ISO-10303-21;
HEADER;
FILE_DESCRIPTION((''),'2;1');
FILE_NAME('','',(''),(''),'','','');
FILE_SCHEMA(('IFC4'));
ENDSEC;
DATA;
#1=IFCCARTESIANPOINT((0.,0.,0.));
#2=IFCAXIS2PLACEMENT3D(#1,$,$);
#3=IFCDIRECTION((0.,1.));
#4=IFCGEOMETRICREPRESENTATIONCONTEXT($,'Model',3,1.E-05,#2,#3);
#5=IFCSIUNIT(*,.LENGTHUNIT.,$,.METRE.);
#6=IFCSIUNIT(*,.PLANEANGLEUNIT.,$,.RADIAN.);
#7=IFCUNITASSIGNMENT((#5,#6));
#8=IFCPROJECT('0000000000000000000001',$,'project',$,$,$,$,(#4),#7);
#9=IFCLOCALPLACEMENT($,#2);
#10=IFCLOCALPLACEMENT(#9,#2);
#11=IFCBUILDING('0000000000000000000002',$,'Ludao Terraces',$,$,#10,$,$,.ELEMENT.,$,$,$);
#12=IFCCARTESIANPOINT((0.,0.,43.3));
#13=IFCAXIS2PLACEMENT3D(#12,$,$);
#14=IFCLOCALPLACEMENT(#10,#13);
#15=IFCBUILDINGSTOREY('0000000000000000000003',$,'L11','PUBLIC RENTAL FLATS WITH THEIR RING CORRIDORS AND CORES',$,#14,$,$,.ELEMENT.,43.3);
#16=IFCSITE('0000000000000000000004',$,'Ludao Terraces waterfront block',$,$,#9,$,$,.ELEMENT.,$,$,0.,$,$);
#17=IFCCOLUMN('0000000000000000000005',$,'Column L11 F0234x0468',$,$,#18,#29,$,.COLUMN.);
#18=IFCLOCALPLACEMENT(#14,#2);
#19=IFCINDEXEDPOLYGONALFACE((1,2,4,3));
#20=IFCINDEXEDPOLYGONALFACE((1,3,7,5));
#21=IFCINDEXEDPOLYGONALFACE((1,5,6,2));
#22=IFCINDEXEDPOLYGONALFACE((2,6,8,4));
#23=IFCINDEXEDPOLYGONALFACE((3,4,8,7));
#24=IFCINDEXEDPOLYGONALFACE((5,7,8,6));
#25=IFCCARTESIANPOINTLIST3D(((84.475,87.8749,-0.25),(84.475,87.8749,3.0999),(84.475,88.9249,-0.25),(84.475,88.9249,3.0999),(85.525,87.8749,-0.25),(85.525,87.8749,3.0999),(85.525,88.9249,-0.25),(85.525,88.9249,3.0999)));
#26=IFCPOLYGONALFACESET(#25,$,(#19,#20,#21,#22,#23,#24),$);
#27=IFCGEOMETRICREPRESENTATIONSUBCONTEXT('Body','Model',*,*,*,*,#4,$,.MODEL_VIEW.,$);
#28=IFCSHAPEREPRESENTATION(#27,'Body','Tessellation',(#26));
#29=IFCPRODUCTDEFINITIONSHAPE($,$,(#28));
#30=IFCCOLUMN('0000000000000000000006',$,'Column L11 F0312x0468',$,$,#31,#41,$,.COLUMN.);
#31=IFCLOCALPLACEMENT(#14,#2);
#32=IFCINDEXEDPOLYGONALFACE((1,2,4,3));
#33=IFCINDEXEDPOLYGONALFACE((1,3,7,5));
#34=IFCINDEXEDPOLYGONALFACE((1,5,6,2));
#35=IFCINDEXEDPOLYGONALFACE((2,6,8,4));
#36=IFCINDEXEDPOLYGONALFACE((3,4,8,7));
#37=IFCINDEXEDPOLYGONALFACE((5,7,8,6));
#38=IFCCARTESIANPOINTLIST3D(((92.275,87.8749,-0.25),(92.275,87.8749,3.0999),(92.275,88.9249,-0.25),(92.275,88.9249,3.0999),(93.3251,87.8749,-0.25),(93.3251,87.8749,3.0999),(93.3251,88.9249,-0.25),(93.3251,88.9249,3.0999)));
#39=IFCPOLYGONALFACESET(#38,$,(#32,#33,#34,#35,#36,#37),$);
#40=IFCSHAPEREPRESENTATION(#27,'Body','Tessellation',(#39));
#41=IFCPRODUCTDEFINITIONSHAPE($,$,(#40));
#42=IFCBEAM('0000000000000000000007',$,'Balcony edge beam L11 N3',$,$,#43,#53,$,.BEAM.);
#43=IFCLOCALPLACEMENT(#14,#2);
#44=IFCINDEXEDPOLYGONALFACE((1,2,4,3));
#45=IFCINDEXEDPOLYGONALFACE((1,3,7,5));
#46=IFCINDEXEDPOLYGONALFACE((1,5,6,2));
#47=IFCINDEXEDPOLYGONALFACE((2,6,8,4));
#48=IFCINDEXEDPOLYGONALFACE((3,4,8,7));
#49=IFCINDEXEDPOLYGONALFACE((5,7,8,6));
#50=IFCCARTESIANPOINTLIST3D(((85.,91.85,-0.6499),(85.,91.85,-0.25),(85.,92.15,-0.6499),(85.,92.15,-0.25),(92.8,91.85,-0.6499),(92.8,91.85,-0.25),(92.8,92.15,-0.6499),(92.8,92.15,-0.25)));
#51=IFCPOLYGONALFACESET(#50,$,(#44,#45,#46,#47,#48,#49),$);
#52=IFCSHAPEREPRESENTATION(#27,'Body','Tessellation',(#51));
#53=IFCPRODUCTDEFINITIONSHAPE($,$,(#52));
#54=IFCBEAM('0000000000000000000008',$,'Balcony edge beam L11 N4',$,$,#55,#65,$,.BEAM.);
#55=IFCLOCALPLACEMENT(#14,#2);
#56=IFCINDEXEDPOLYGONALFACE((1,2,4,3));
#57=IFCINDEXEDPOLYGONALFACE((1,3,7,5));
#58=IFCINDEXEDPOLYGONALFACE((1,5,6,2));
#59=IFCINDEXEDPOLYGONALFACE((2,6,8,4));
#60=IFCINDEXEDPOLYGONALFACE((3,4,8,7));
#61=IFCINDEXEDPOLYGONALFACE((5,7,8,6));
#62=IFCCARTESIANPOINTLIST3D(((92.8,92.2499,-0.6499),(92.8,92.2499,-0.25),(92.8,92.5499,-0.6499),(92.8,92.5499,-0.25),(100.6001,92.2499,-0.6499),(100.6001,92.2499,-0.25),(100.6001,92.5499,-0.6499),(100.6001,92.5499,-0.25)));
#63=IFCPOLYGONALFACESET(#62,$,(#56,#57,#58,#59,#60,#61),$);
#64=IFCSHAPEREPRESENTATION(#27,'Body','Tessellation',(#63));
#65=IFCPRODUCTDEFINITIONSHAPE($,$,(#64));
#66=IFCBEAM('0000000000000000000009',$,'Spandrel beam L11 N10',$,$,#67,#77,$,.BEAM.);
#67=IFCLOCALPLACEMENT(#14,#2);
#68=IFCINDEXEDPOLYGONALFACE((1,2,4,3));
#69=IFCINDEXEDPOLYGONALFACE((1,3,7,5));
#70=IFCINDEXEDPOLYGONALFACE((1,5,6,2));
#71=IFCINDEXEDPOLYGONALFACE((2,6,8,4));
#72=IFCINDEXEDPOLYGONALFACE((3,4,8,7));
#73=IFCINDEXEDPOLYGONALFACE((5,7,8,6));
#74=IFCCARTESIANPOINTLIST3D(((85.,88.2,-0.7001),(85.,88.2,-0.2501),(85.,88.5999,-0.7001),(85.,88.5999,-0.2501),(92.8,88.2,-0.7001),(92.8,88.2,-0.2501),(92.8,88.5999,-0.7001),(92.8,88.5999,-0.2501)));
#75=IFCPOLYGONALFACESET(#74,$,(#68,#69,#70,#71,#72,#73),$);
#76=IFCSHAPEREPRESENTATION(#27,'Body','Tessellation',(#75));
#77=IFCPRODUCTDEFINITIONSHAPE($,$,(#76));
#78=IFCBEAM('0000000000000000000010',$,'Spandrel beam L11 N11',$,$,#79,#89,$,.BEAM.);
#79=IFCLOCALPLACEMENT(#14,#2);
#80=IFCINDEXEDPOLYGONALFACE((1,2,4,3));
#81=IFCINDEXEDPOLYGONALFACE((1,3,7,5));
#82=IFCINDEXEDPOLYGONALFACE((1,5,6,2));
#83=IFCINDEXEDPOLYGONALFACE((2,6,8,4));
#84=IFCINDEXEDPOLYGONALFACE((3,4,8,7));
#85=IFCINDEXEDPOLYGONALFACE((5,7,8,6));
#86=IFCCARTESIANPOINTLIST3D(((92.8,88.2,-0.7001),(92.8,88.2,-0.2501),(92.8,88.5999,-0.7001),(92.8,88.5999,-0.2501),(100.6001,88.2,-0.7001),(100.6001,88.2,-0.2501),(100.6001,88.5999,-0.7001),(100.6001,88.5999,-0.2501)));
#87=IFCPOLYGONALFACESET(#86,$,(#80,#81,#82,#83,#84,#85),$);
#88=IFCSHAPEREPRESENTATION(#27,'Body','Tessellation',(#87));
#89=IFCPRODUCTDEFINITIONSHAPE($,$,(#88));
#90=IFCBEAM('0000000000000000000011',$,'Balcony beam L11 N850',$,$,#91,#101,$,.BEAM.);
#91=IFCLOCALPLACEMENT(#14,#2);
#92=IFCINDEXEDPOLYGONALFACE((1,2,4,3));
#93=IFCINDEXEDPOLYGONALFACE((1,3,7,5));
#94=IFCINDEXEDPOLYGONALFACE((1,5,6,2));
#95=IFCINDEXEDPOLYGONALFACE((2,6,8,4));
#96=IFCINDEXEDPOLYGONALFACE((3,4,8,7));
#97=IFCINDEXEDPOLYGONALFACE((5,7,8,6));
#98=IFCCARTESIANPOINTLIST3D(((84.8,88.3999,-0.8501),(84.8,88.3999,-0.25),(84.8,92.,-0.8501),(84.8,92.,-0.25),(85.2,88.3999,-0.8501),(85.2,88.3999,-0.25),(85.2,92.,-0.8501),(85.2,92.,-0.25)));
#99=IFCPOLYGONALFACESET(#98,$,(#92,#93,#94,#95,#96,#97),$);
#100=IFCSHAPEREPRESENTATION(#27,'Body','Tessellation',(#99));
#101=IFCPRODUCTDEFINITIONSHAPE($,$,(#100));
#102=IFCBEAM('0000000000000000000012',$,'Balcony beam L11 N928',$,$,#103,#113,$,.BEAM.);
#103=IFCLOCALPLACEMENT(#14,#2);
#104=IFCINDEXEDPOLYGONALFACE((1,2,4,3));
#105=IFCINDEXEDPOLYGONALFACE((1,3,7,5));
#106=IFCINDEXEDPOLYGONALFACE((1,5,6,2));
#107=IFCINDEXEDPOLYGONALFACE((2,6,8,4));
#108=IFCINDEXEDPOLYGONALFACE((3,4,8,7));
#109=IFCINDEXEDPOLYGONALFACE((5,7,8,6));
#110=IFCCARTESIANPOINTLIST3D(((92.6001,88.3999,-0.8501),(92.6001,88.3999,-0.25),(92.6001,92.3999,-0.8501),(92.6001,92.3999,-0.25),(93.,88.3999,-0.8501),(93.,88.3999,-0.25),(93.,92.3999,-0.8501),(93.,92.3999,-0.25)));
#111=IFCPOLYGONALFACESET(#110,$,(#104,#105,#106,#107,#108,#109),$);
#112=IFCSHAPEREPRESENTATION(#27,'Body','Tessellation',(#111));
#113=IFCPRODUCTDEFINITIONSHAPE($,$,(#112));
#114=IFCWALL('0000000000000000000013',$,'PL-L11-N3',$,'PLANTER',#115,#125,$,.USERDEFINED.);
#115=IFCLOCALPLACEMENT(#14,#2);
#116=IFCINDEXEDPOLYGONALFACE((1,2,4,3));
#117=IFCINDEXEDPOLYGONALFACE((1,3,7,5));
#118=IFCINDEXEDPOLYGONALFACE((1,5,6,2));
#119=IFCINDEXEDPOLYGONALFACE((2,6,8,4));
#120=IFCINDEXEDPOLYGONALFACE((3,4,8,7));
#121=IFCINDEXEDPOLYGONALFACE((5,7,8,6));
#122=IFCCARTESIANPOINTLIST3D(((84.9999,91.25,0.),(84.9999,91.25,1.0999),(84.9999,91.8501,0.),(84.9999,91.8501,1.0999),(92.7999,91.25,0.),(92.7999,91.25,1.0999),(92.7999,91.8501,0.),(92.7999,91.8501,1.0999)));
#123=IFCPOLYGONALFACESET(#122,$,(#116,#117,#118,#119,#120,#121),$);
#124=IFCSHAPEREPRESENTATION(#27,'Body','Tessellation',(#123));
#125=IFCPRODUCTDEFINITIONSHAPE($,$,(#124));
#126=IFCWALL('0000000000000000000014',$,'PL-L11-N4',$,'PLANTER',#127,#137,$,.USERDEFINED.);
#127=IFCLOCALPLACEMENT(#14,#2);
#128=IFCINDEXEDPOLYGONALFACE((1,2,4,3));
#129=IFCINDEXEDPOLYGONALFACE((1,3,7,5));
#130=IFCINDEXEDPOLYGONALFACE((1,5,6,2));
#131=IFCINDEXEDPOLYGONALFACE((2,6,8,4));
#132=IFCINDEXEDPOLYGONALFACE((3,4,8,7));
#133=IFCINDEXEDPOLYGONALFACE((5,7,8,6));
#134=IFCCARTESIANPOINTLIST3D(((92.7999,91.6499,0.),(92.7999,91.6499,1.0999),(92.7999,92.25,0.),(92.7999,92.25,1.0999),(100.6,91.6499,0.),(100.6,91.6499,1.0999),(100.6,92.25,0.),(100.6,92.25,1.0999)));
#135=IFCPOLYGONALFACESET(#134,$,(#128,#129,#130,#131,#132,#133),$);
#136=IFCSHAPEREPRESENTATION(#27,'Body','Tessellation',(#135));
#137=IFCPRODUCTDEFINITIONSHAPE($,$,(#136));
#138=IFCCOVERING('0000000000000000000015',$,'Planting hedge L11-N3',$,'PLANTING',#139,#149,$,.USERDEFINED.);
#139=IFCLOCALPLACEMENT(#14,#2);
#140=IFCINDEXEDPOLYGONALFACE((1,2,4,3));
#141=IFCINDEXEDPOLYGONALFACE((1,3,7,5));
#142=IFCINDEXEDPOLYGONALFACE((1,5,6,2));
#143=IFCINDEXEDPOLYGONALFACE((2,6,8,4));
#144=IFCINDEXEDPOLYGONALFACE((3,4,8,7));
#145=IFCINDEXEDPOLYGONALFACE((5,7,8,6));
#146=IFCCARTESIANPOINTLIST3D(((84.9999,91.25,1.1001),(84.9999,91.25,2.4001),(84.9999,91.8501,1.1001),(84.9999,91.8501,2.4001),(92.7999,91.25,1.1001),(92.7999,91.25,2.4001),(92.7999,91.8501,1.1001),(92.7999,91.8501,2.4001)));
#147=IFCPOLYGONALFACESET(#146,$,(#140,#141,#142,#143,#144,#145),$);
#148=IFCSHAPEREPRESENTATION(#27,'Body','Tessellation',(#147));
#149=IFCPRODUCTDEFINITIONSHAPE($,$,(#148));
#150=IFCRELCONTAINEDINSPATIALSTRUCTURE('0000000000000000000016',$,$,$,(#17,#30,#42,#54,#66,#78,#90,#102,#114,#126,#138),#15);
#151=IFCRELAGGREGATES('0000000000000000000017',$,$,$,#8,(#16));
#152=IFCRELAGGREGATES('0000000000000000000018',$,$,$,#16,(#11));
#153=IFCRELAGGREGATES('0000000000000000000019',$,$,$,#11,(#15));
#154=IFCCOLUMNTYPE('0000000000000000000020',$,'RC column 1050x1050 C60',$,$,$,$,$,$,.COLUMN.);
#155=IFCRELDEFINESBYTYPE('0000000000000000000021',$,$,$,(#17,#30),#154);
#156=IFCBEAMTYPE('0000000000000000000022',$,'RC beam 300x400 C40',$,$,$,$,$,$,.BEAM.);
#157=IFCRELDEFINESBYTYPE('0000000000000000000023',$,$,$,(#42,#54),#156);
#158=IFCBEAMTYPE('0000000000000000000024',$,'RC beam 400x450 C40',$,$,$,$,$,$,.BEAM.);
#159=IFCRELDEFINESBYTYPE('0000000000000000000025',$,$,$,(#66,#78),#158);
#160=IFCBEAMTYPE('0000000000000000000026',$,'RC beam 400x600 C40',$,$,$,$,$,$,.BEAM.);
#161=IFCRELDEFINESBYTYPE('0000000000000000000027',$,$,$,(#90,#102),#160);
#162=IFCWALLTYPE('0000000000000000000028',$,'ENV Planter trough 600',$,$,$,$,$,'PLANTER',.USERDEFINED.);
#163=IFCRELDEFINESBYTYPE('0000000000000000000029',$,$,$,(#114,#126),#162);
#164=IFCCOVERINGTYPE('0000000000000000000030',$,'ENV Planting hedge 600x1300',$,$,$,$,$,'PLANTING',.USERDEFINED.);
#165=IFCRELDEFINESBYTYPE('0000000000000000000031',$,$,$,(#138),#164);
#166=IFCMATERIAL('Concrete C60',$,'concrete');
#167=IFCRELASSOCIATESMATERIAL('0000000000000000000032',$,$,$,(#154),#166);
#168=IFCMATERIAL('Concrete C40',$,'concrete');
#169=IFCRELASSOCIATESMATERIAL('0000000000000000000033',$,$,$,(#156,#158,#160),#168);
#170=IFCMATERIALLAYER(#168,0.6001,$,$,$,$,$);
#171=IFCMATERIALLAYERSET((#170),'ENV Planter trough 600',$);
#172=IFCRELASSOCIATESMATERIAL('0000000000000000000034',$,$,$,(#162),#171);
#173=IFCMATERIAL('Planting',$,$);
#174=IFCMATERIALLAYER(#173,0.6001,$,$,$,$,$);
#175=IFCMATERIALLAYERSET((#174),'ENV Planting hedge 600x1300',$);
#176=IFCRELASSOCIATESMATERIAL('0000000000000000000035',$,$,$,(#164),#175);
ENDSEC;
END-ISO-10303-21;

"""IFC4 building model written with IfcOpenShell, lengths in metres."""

from ifc_helpers import new_model, si_unit, direction, frame, frame_2d, origin, origin_2d, place, context, subcontext, project, spatial, rectangle, extrude, material, layer, layer_set, material_profile, profile_set, type_object, element, save


model = new_model("IFC4")

# Units and contexts
model_context = context("Model", 3, precision=1e-05, world=origin(), true_north=direction((0.0, 1.0)))
body_context = subcontext(model_context, "Body", "Model", "MODEL_VIEW")
ifc_project = project(units=[si_unit("LENGTHUNIT", "METRE"), si_unit("PLANEANGLEUNIT", "RADIAN")], contexts=[model_context])

# Site, building, storey
site_placement = place(None, origin())
site = spatial("IfcSite", under=ifc_project, at=site_placement, Name="Ludao Terraces waterfront block", CompositionType="ELEMENT", RefElevation=0.0)
building_placement = place(site_placement, origin())
building = spatial("IfcBuilding", under=site, at=building_placement, Name="Ludao Terraces", CompositionType="ELEMENT")
storey_placement = place(building_placement, frame((0.0, 0.0, 43.3)))
storey = spatial("IfcBuildingStorey", under=building, at=storey_placement, Name="L11", Description="PUBLIC RENTAL FLATS WITH THEIR RING CORRIDORS AND CORES", CompositionType="ELEMENT", Elevation=43.3)

# Columns
ifc_material_1 = material(Name="Concrete C60", Category="concrete")
ifc_material_profile_1 = material_profile(ifc_material_1, rectangle(XDim=1.05, YDim=1.05, at=origin_2d()), Name="1050 X 1050")
ifc_profile_set_1 = profile_set([ifc_material_profile_1], Name="Concrete C60")
column_type = type_object("IfcColumnType", Name="RC column 1050x1050 C60", PredefinedType="COLUMN", material=ifc_profile_set_1)
for number, where, z_axis, x_axis, name in (
    (1, (85.0, 88.3999, -0.25), (0.0, 0.0, 1.0), (1.0, 0.0, 0.0), "Column L11 F0234x0468"),
    (2, (92.8, 88.3999, -0.25), (0.0, 0.0, 1.0), (1.0, 0.0, 0.0), "Column L11 F0312x0468"),
):
    element("IfcColumn", number, at=place(storey_placement, frame(where, z_axis=z_axis, x_axis=x_axis)), inside=storey, type_object=column_type, Name=name, PredefinedType="COLUMN", context=body_context, shape_type="SweptSolid", body=[
        extrude(rectangle(XDim=1.05, YDim=1.05, at=origin_2d()), origin(), (0.0, 0.0, 1.0), 3.3499),
    ])

# Beams
ifc_material_2 = material(Name="Concrete C40", Category="concrete")
ifc_material_profile_2 = material_profile(ifc_material_2, rectangle(XDim=0.3, YDim=0.3999, at=origin_2d()), Name="300 X 400")
ifc_profile_set_2 = profile_set([ifc_material_profile_2], Name="Concrete C40")
beam_type_1 = type_object("IfcBeamType", Name="RC beam 300x400 C40", PredefinedType="BEAM", material=ifc_profile_set_2)
for number, where, z_axis, x_axis, name in (
    (3, (85.0, 92.0, -0.45), (1.0, 0.0, 0.0), (0.0, 1.0, 0.0), "Balcony edge beam L11 N3"),
    (4, (92.8, 92.3999, -0.45), (1.0, 0.0, 0.0), (0.0, 1.0, 0.0), "Balcony edge beam L11 N4"),
):
    element("IfcBeam", number, at=place(storey_placement, frame(where, z_axis=z_axis, x_axis=x_axis)), inside=storey, type_object=beam_type_1, Name=name, PredefinedType="BEAM", context=body_context, shape_type="SweptSolid", body=[
        extrude(rectangle(XDim=0.3, YDim=0.3999, at=origin_2d()), origin(), (0.0, 0.0, 1.0), 7.8),
    ])
ifc_material_profile_3 = material_profile(ifc_material_2, rectangle(XDim=0.3999, YDim=0.45, at=origin_2d()), Name="400 X 450")
ifc_profile_set_3 = profile_set([ifc_material_profile_3], Name="Concrete C40")
beam_type_2 = type_object("IfcBeamType", Name="RC beam 400x450 C40", PredefinedType="BEAM", material=ifc_profile_set_3)
for number, where, z_axis, x_axis, name in (
    (5, (85.0, 88.3999, -0.4751), (1.0, 0.0, 0.0), (0.0, 1.0, 0.0), "Spandrel beam L11 N10"),
    (6, (92.8, 88.3999, -0.4751), (1.0, 0.0, 0.0), (0.0, 1.0, 0.0), "Spandrel beam L11 N11"),
):
    element("IfcBeam", number, at=place(storey_placement, frame(where, z_axis=z_axis, x_axis=x_axis)), inside=storey, type_object=beam_type_2, Name=name, PredefinedType="BEAM", context=body_context, shape_type="SweptSolid", body=[
        extrude(rectangle(XDim=0.3999, YDim=0.45, at=origin_2d()), origin(), (0.0, 0.0, 1.0), 7.8),
    ])
ifc_material_profile_4 = material_profile(ifc_material_2, rectangle(XDim=0.3999, YDim=0.6001, at=origin_2d()), Name="400 X 600")
ifc_profile_set_4 = profile_set([ifc_material_profile_4], Name="Concrete C40")
beam_type_3 = type_object("IfcBeamType", Name="RC beam 400x600 C40", PredefinedType="BEAM", material=ifc_profile_set_4)
beam_1_placement = place(storey_placement, frame((85.0, 88.3999, -0.55), z_axis=(0.0, 1.0, 0.0), x_axis=(-1.0, 0.0, 0.0)))
element("IfcBeam", 7, at=beam_1_placement, inside=storey, type_object=beam_type_3, Name="Balcony beam L11 N850", PredefinedType="BEAM", context=body_context, shape_type="SweptSolid", body=[
    extrude(rectangle(XDim=0.3999, YDim=0.6001, at=origin_2d()), origin(), (0.0, 0.0, 1.0), 3.6001),
])
beam_2_placement = place(storey_placement, frame((92.8, 88.3999, -0.55), z_axis=(0.0, 1.0, 0.0), x_axis=(-1.0, 0.0, 0.0)))
element("IfcBeam", 8, at=beam_2_placement, inside=storey, type_object=beam_type_3, Name="Balcony beam L11 N928", PredefinedType="BEAM", context=body_context, shape_type="SweptSolid", body=[
    extrude(rectangle(XDim=0.3999, YDim=0.6001, at=origin_2d()), origin(), (0.0, 0.0, 1.0), 4.0),
])

# Walls
ifc_layer_1 = layer(ifc_material_2, 0.6001)
ifc_layer_set_1 = layer_set([ifc_layer_1], Name="ENV Planter trough 600")
wall_type = type_object("IfcWallType", Name="ENV Planter trough 600", ElementType="PLANTER", PredefinedType="USERDEFINED", material=ifc_layer_set_1)
for number, where, z_axis, x_axis, name in (
    (9, (85.0, 91.55, 0.0), (0.0, 0.0, 1.0), (1.0, 0.0, 0.0), "PL-L11-N3"),
    (10, (92.8, 91.95, 0.0), (0.0, 0.0, 1.0), (1.0, 0.0, 0.0), "PL-L11-N4"),
):
    element("IfcWall", number, at=place(storey_placement, frame(where, z_axis=z_axis, x_axis=x_axis)), inside=storey, type_object=wall_type, Name=name, ObjectType="PLANTER", PredefinedType="USERDEFINED", context=body_context, shape_type="SweptSolid", body=[
        extrude(rectangle(XDim=7.8, YDim=0.6001, at=frame_2d((3.8999, 0.0))), origin(), (0.0, 0.0, 1.0), 1.0999),
    ])

# Covering
ifc_material_3 = material(Name="Planting")
ifc_layer_2 = layer(ifc_material_3, 0.6001)
ifc_layer_set_2 = layer_set([ifc_layer_2], Name="ENV Planting hedge 600x1300")
covering_type = type_object("IfcCoveringType", Name="ENV Planting hedge 600x1300", ElementType="PLANTING", PredefinedType="USERDEFINED", material=ifc_layer_set_2)
covering_placement = place(storey_placement, frame((88.8999, 91.55, 1.1001), z_axis=(0.0, 0.0, 1.0), x_axis=(1.0, 0.0, 0.0)))
element("IfcCovering", 11, at=covering_placement, inside=storey, type_object=covering_type, Name="Planting hedge L11-N3", ObjectType="PLANTING", PredefinedType="USERDEFINED", context=body_context, shape_type="SweptSolid", body=[
    extrude(rectangle(XDim=7.8, YDim=0.6001, at=origin_2d()), origin(), (0.0, 0.0, 1.0), 1.3),
])

save(model, "model.ifc")
